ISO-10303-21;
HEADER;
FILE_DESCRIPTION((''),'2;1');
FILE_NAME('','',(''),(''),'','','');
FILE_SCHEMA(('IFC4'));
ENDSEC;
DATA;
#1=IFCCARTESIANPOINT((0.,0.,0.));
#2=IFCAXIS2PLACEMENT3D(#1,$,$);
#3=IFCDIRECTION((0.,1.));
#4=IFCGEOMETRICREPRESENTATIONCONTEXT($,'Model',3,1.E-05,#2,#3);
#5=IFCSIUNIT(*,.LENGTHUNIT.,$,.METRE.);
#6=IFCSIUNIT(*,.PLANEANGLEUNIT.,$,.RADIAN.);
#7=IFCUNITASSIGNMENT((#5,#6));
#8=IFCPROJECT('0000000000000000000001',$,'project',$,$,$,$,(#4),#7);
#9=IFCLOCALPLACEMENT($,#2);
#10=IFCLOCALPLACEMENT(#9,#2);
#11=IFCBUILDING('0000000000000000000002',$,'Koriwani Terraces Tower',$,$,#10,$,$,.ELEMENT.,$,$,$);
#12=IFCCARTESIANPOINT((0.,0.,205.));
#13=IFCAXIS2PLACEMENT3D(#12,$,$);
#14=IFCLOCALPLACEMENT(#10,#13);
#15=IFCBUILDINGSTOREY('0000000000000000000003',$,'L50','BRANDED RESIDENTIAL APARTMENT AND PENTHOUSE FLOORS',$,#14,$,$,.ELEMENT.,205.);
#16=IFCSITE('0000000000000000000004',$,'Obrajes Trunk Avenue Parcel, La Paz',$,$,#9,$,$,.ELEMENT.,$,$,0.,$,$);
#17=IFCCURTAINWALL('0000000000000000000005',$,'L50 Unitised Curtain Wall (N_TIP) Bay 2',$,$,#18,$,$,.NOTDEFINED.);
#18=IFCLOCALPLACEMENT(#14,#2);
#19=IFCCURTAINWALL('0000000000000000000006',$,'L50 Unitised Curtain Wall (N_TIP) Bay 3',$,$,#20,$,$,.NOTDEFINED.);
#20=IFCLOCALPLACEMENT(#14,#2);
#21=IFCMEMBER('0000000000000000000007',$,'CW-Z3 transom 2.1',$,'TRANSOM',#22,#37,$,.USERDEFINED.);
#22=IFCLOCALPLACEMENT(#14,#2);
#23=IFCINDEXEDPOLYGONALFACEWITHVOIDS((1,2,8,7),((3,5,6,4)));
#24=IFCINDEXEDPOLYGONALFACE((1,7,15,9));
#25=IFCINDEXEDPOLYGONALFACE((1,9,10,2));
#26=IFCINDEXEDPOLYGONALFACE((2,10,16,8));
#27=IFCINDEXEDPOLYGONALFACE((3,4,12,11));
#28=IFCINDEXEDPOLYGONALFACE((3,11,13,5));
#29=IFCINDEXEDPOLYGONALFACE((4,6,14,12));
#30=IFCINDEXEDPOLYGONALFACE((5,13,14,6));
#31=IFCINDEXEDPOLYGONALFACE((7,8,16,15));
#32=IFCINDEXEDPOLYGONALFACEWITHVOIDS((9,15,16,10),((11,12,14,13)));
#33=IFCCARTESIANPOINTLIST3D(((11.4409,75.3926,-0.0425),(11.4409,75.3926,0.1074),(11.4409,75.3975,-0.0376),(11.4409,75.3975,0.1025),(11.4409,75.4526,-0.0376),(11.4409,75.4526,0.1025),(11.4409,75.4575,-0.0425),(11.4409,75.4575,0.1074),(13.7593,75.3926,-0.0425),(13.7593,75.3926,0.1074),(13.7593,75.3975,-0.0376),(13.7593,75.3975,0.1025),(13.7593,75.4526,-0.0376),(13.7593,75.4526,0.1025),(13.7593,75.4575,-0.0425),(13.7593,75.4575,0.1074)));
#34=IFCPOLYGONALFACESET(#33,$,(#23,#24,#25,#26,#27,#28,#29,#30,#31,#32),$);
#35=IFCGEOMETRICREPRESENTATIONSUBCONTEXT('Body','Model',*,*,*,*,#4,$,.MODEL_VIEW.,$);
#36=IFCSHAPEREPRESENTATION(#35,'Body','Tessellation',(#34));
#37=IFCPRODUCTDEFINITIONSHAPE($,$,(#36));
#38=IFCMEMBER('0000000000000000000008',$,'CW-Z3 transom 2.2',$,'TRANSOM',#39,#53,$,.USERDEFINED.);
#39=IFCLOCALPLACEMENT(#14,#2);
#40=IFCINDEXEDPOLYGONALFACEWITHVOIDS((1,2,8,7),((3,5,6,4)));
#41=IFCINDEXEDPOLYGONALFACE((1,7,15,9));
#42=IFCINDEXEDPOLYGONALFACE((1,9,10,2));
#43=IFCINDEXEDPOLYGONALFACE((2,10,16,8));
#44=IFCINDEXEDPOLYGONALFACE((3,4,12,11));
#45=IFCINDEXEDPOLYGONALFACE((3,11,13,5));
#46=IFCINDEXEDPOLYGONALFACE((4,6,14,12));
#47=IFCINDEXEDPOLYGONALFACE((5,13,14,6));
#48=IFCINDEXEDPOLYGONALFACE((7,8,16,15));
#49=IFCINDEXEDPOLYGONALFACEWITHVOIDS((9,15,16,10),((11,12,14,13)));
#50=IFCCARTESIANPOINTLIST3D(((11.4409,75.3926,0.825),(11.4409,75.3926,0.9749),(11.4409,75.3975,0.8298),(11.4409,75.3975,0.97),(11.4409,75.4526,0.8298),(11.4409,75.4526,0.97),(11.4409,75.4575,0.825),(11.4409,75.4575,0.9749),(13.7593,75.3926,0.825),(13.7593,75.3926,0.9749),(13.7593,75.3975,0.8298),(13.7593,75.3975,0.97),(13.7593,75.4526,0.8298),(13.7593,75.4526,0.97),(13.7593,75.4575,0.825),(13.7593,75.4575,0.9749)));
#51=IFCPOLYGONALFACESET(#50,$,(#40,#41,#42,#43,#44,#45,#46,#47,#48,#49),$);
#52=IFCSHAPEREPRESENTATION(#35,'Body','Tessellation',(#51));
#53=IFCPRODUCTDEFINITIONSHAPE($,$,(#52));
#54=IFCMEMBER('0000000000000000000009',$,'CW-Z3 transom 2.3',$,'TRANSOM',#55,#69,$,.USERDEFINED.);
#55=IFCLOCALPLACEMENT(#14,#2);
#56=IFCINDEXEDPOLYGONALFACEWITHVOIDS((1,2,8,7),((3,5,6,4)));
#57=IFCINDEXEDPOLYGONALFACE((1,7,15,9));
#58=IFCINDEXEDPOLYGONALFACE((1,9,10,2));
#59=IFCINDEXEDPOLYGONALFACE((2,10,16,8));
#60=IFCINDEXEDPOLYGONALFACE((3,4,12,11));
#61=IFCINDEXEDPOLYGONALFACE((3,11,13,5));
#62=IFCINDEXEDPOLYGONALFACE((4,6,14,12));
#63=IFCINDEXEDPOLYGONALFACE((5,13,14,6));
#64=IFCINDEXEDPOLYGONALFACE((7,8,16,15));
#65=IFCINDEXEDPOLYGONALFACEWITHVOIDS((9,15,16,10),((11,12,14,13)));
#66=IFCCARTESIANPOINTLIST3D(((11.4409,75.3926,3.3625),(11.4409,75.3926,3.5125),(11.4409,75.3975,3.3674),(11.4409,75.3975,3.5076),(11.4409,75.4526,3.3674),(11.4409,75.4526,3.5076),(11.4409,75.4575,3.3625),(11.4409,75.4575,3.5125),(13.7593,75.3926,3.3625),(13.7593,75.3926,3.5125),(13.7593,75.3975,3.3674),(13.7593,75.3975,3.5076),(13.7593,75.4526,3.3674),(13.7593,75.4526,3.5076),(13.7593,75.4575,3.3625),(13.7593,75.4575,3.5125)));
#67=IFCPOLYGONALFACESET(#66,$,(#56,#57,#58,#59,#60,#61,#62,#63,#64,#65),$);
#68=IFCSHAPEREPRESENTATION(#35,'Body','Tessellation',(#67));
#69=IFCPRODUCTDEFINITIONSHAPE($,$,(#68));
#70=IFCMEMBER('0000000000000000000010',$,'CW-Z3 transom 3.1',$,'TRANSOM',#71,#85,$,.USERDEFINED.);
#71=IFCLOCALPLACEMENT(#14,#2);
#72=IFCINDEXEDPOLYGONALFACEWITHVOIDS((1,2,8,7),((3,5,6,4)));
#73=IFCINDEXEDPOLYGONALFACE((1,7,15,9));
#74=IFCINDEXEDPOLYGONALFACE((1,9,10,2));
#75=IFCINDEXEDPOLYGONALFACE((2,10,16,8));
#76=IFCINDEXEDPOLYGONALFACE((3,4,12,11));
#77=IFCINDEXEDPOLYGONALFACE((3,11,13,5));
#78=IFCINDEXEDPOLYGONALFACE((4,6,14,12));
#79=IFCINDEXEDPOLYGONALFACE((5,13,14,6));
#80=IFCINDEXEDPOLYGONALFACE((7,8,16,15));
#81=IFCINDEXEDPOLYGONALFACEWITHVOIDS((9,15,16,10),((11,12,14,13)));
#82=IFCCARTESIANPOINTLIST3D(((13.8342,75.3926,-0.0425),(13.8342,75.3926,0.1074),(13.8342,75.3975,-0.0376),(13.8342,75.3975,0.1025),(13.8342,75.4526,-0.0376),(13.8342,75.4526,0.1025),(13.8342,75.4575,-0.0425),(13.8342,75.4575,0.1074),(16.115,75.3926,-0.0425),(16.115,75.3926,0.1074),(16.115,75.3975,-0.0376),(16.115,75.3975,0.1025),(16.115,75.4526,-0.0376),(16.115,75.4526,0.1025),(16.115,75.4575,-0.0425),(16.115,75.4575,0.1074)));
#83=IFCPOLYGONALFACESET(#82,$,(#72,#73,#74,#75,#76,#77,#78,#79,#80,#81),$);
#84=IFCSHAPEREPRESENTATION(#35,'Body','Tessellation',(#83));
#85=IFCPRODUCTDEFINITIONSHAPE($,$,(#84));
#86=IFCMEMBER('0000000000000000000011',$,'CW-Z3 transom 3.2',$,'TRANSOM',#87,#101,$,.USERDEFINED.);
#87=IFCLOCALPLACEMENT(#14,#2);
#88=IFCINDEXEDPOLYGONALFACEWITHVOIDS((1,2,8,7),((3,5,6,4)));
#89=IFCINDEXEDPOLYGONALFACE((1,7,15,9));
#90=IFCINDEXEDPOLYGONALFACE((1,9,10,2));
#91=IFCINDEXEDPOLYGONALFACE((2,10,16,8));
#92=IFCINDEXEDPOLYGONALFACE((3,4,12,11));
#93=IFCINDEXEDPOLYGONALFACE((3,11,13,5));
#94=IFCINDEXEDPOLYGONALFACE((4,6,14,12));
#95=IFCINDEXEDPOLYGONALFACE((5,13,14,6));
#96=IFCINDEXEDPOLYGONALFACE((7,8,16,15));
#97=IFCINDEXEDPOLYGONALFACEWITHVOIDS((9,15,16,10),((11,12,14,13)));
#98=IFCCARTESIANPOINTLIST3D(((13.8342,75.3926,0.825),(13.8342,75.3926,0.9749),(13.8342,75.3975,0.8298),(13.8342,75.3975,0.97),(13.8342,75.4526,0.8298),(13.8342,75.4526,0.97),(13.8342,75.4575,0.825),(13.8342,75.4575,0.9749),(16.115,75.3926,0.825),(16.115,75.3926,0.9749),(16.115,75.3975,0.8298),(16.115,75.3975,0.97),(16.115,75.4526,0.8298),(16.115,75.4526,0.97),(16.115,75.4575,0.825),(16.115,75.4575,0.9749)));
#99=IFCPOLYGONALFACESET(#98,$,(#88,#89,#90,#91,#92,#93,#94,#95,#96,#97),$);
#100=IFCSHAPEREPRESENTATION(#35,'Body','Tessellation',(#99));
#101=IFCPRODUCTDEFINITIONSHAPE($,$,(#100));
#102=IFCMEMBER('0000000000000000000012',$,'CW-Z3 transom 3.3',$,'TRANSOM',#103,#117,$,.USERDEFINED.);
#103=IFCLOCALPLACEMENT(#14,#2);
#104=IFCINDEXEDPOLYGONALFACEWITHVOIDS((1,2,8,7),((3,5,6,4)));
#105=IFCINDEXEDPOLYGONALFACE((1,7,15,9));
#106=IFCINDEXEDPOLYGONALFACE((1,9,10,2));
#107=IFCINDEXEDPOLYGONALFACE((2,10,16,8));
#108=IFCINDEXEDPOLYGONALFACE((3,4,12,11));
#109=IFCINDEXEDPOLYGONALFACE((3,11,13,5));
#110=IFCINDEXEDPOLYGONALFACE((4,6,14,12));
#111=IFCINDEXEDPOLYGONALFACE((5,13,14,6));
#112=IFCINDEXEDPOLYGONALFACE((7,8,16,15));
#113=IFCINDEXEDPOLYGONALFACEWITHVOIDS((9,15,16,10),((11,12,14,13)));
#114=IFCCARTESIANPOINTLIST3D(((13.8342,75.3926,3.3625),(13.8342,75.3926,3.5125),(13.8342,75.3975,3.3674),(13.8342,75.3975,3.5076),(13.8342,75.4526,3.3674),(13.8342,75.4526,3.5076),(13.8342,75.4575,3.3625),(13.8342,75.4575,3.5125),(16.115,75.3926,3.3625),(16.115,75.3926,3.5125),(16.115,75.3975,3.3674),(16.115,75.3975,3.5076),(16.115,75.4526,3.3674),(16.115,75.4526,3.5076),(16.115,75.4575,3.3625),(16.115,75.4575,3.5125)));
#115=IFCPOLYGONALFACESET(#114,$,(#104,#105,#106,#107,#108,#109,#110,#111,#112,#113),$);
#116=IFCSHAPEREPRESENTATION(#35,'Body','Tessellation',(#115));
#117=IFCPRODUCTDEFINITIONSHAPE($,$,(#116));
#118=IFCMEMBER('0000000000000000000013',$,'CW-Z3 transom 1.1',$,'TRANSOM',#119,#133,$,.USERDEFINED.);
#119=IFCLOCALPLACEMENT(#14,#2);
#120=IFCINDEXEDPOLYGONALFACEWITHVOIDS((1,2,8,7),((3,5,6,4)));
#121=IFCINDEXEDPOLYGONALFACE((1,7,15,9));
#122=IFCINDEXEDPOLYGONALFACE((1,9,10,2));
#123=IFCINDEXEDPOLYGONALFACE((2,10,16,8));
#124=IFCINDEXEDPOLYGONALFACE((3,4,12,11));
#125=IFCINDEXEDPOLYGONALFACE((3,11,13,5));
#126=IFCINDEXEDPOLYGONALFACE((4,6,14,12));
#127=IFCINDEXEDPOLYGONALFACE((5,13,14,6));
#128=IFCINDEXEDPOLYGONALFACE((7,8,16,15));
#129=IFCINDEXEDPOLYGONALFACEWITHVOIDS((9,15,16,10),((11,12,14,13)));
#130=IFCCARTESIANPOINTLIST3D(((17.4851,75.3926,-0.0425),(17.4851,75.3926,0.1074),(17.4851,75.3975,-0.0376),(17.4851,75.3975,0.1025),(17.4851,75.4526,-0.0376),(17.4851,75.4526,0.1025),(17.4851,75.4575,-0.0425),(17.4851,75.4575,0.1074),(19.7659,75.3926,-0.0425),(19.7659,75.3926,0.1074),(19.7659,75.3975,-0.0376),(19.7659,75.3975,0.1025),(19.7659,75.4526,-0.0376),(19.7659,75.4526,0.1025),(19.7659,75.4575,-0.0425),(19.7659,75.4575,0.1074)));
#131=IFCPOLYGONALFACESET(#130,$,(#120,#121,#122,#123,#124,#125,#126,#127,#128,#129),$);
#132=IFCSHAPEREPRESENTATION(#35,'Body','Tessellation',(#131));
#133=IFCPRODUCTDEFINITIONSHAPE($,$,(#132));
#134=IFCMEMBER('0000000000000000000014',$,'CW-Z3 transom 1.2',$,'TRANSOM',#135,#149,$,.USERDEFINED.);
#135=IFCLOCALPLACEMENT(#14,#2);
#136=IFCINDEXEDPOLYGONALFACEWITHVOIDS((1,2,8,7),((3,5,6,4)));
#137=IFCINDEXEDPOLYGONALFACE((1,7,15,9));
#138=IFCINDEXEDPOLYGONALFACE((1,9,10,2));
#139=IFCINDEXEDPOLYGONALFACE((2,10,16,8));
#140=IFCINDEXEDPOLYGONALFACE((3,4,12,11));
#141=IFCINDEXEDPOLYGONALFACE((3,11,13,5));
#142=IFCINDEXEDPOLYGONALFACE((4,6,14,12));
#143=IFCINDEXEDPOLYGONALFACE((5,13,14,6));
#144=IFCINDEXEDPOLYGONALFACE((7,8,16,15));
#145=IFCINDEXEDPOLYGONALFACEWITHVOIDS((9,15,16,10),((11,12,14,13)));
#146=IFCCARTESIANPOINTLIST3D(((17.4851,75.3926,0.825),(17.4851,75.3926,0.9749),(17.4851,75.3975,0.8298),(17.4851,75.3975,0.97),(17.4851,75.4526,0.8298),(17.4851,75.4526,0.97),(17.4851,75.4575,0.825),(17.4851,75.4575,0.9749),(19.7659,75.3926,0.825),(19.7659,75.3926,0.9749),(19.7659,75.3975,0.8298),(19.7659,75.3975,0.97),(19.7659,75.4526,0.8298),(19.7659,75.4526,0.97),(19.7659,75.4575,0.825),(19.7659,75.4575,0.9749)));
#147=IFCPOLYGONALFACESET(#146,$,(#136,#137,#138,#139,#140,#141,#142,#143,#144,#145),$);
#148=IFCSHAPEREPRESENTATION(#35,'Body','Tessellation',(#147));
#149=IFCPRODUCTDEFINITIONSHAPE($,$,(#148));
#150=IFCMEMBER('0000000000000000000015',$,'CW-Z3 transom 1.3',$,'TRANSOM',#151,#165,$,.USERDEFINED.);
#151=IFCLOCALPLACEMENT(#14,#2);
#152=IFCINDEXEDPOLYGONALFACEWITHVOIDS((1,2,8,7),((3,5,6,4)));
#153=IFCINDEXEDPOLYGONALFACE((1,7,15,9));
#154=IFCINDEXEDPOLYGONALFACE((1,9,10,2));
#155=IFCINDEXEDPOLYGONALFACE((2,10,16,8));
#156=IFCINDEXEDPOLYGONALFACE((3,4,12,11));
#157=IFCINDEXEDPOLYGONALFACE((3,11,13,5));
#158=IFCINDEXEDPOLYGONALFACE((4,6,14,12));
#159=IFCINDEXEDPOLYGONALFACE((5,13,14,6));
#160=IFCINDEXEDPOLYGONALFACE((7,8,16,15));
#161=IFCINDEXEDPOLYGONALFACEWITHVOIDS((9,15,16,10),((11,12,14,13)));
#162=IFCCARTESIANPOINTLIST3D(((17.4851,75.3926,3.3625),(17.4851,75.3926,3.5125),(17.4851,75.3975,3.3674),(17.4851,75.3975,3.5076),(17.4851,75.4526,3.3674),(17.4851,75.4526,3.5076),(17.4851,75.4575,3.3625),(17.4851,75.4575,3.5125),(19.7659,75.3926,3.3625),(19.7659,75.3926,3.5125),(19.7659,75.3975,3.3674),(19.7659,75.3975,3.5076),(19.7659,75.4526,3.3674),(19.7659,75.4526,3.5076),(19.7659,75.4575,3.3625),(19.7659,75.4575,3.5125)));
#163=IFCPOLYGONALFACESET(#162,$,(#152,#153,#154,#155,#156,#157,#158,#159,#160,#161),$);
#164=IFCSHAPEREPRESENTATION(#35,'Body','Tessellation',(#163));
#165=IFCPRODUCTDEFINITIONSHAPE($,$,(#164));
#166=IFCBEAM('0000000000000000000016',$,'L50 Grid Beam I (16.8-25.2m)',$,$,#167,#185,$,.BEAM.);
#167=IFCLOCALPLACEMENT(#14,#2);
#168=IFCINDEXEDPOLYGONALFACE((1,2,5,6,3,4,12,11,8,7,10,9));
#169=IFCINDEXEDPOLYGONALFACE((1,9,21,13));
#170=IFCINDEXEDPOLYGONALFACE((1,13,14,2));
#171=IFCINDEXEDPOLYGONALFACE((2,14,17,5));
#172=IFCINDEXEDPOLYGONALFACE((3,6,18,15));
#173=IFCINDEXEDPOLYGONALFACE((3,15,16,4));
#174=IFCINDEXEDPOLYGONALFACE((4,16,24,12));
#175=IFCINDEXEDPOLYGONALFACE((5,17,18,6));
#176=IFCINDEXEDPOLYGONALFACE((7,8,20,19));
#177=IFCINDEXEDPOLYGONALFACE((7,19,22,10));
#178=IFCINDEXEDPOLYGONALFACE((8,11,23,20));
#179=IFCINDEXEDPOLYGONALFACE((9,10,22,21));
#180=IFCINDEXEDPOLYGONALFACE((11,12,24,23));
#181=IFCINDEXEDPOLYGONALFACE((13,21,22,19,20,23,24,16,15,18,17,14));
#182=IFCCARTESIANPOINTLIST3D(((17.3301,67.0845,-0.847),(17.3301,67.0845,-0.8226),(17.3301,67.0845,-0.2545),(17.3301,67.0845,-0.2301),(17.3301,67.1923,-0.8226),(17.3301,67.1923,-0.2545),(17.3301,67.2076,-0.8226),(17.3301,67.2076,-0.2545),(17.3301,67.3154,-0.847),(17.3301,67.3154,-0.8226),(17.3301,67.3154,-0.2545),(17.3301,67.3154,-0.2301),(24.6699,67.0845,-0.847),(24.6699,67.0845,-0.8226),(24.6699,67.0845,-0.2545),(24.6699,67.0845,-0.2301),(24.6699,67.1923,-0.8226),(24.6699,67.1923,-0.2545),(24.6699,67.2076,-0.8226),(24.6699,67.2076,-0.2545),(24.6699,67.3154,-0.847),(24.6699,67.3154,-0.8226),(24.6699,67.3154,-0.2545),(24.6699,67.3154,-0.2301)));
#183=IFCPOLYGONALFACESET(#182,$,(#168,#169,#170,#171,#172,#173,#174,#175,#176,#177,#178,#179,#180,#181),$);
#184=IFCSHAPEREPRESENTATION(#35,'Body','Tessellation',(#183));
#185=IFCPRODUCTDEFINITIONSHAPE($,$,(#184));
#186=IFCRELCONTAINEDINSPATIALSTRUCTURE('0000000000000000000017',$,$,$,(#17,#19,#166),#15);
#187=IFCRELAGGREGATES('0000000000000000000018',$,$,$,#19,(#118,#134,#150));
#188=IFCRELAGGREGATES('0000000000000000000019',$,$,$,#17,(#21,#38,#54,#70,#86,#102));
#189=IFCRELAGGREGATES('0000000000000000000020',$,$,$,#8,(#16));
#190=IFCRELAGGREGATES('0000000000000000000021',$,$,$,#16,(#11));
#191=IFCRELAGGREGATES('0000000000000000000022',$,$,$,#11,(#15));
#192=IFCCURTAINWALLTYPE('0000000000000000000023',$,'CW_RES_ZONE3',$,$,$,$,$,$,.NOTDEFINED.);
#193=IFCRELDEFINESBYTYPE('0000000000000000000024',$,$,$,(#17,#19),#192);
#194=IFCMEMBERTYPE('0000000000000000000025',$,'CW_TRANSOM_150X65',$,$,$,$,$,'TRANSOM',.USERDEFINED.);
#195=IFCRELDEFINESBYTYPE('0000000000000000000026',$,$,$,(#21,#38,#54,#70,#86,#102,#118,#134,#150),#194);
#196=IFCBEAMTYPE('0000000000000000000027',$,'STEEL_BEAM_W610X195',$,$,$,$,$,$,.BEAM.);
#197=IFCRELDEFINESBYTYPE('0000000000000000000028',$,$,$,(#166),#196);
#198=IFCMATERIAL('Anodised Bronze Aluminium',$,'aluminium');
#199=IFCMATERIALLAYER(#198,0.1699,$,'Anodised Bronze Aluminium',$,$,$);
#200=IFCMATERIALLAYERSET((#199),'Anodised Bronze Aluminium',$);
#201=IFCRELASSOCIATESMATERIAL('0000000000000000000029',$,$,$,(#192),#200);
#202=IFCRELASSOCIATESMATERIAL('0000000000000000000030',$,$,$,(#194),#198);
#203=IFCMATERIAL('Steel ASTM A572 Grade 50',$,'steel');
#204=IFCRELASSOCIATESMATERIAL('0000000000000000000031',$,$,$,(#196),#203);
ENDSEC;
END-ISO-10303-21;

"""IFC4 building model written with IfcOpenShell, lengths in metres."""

from ifc_helpers import new_model, si_unit, direction, frame, origin, origin_2d, place, context, subcontext, project, spatial, hollow_rectangle, i_section, extrude, material, layer, layer_set, material_profile, profile_set, type_object, element, aggregate, save


model = new_model("IFC4")

# Units and contexts
model_context = context("Model", 3, precision=1e-05, world=origin(), true_north=direction((0.0, 1.0)))
body_context = subcontext(model_context, "Body", "Model", "MODEL_VIEW")
ifc_project = project(units=[si_unit("LENGTHUNIT", "METRE"), si_unit("PLANEANGLEUNIT", "RADIAN")], contexts=[model_context])

# Site, building, storey
site_placement = place(None, origin())
site = spatial("IfcSite", under=ifc_project, at=site_placement, Name="Obrajes Trunk Avenue Parcel, La Paz", CompositionType="ELEMENT", RefElevation=0.0)
building_placement = place(site_placement, origin())
building = spatial("IfcBuilding", under=site, at=building_placement, Name="Koriwani Terraces Tower", CompositionType="ELEMENT")
storey_placement = place(building_placement, frame((0.0, 0.0, 205.0)))
storey = spatial("IfcBuildingStorey", under=building, at=storey_placement, Name="L50", Description="BRANDED RESIDENTIAL APARTMENT AND PENTHOUSE FLOORS", CompositionType="ELEMENT", Elevation=205.0)

# Curtain wall
ifc_material_1 = material(Name="Anodised Bronze Aluminium", Category="aluminium")
ifc_layer_1 = layer(ifc_material_1, 0.1699, Name="Anodised Bronze Aluminium")
ifc_layer_set_1 = layer_set([ifc_layer_1], Name="Anodised Bronze Aluminium")
curtain_wall_type = type_object("IfcCurtainWallType", Name="CW_RES_ZONE3", PredefinedType="NOTDEFINED", material=ifc_layer_set_1)
curtain_wall_1_placement = place(storey_placement, origin())
curtain_wall_1 = element("IfcCurtainWall", 1, at=curtain_wall_1_placement, inside=storey, type_object=curtain_wall_type, Name="L50 Unitised Curtain Wall (N_TIP) Bay 2", PredefinedType="NOTDEFINED")

# Curtain wall
curtain_wall_2_placement = place(storey_placement, origin())
curtain_wall_2 = element("IfcCurtainWall", 2, at=curtain_wall_2_placement, inside=storey, type_object=curtain_wall_type, Name="L50 Unitised Curtain Wall (N_TIP) Bay 3", PredefinedType="NOTDEFINED")

# Members
ifc_material_profile_1 = material_profile(ifc_material_1, hollow_rectangle(XDim=0.0649, YDim=0.1499, WallThickness=0.0049, at=origin_2d()), Name="Anodised Bronze Aluminium", Category="LoadBearing")
ifc_profile_set_1 = profile_set([ifc_material_profile_1], Name="Anodised Bronze Aluminium")
member_type_1 = type_object("IfcMemberType", Name="CW_TRANSOM_150X65", ElementType="TRANSOM", PredefinedType="USERDEFINED", material=ifc_profile_set_1)
member_1_placement = place(storey_placement, frame((11.4409, 75.425, 0.0325), z_axis=(1.0, 0.0, 0.0), x_axis=(0.0, 1.0, 0.0)))
member_1 = element("IfcMember", 3, at=member_1_placement, type_object=member_type_1, Name="CW-Z3 transom 2.1", ObjectType="TRANSOM", PredefinedType="USERDEFINED", context=body_context, shape_type="SweptSolid", body=[
    extrude(hollow_rectangle(XDim=0.0649, YDim=0.1499, WallThickness=0.0049, at=origin_2d()), origin(), (0.0, 0.0, 1.0), 2.3184),
])
member_2_placement = place(storey_placement, frame((11.4409, 75.425, 0.8999), z_axis=(1.0, 0.0, 0.0), x_axis=(0.0, 1.0, 0.0)))
member_2 = element("IfcMember", 4, at=member_2_placement, type_object=member_type_1, Name="CW-Z3 transom 2.2", ObjectType="TRANSOM", PredefinedType="USERDEFINED", context=body_context, shape_type="SweptSolid", body=[
    extrude(hollow_rectangle(XDim=0.0649, YDim=0.1499, WallThickness=0.0049, at=origin_2d()), origin(), (0.0, 0.0, 1.0), 2.3184),
])
member_3_placement = place(storey_placement, frame((11.4409, 75.425, 3.4375), z_axis=(1.0, 0.0, 0.0), x_axis=(0.0, 1.0, 0.0)))
member_3 = element("IfcMember", 5, at=member_3_placement, type_object=member_type_1, Name="CW-Z3 transom 2.3", ObjectType="TRANSOM", PredefinedType="USERDEFINED", context=body_context, shape_type="SweptSolid", body=[
    extrude(hollow_rectangle(XDim=0.0649, YDim=0.1499, WallThickness=0.0049, at=origin_2d()), origin(), (0.0, 0.0, 1.0), 2.3184),
])
member_4_placement = place(storey_placement, frame((13.8342, 75.425, 0.0325), z_axis=(1.0, 0.0, 0.0), x_axis=(0.0, 1.0, 0.0)))
member_4 = element("IfcMember", 6, at=member_4_placement, type_object=member_type_1, Name="CW-Z3 transom 3.1", ObjectType="TRANSOM", PredefinedType="USERDEFINED", context=body_context, shape_type="SweptSolid", body=[
    extrude(hollow_rectangle(XDim=0.0649, YDim=0.1499, WallThickness=0.0049, at=origin_2d()), origin(), (0.0, 0.0, 1.0), 2.2808),
])
member_5_placement = place(storey_placement, frame((13.8342, 75.425, 0.8999), z_axis=(1.0, 0.0, 0.0), x_axis=(0.0, 1.0, 0.0)))
member_5 = element("IfcMember", 7, at=member_5_placement, type_object=member_type_1, Name="CW-Z3 transom 3.2", ObjectType="TRANSOM", PredefinedType="USERDEFINED", context=body_context, shape_type="SweptSolid", body=[
    extrude(hollow_rectangle(XDim=0.0649, YDim=0.1499, WallThickness=0.0049, at=origin_2d()), origin(), (0.0, 0.0, 1.0), 2.2808),
])
member_6_placement = place(storey_placement, frame((13.8342, 75.425, 3.4375), z_axis=(1.0, 0.0, 0.0), x_axis=(0.0, 1.0, 0.0)))
member_6 = element("IfcMember", 8, at=member_6_placement, type_object=member_type_1, Name="CW-Z3 transom 3.3", ObjectType="TRANSOM", PredefinedType="USERDEFINED", context=body_context, shape_type="SweptSolid", body=[
    extrude(hollow_rectangle(XDim=0.0649, YDim=0.1499, WallThickness=0.0049, at=origin_2d()), origin(), (0.0, 0.0, 1.0), 2.2808),
])
member_7_placement = place(storey_placement, frame((17.4851, 75.425, 0.0325), z_axis=(1.0, 0.0, 0.0), x_axis=(0.0, 1.0, 0.0)))
member_7 = element("IfcMember", 9, at=member_7_placement, type_object=member_type_1, Name="CW-Z3 transom 1.1", ObjectType="TRANSOM", PredefinedType="USERDEFINED", context=body_context, shape_type="SweptSolid", body=[
    extrude(hollow_rectangle(XDim=0.0649, YDim=0.1499, WallThickness=0.0049, at=origin_2d()), origin(), (0.0, 0.0, 1.0), 2.2808),
])
member_8_placement = place(storey_placement, frame((17.4851, 75.425, 0.8999), z_axis=(1.0, 0.0, 0.0), x_axis=(0.0, 1.0, 0.0)))
member_8 = element("IfcMember", 10, at=member_8_placement, type_object=member_type_1, Name="CW-Z3 transom 1.2", ObjectType="TRANSOM", PredefinedType="USERDEFINED", context=body_context, shape_type="SweptSolid", body=[
    extrude(hollow_rectangle(XDim=0.0649, YDim=0.1499, WallThickness=0.0049, at=origin_2d()), origin(), (0.0, 0.0, 1.0), 2.2808),
])
member_9_placement = place(storey_placement, frame((17.4851, 75.425, 3.4375), z_axis=(1.0, 0.0, 0.0), x_axis=(0.0, 1.0, 0.0)))
member_9 = element("IfcMember", 11, at=member_9_placement, type_object=member_type_1, Name="CW-Z3 transom 1.3", ObjectType="TRANSOM", PredefinedType="USERDEFINED", context=body_context, shape_type="SweptSolid", body=[
    extrude(hollow_rectangle(XDim=0.0649, YDim=0.1499, WallThickness=0.0049, at=origin_2d()), origin(), (0.0, 0.0, 1.0), 2.2808),
])
aggregate(curtain_wall_2, [member_7, member_8, member_9])

# Beam
ifc_material_2 = material(Name="Steel ASTM A572 Grade 50", Category="steel")
ifc_material_profile_2 = material_profile(ifc_material_2, i_section(OverallWidth=0.231, OverallDepth=0.6169, WebThickness=0.0154, FlangeThickness=0.0244, at=origin_2d()), Name="Steel ASTM A572 Grade 50", Category="LoadBearing")
ifc_profile_set_2 = profile_set([ifc_material_profile_2], Name="Steel ASTM A572 Grade 50")
beam_type_1 = type_object("IfcBeamType", Name="STEEL_BEAM_W610X195", PredefinedType="BEAM", material=ifc_profile_set_2)
beam_1_placement = place(storey_placement, frame((17.3301, 67.2, -0.5386), z_axis=(1.0, 0.0, 0.0), x_axis=(0.0, 1.0, 0.0)))
element("IfcBeam", 12, at=beam_1_placement, inside=storey, type_object=beam_type_1, Name="L50 Grid Beam I (16.8-25.2m)", PredefinedType="BEAM", context=body_context, shape_type="SweptSolid", body=[
    extrude(i_section(OverallWidth=0.231, OverallDepth=0.6169, WebThickness=0.0154, FlangeThickness=0.0244, at=origin_2d()), origin(), (0.0, 0.0, 1.0), 7.3398),
])

aggregate(curtain_wall_1, [member_1, member_2, member_3, member_4, member_5, member_6])

save(model, "model.ifc")
